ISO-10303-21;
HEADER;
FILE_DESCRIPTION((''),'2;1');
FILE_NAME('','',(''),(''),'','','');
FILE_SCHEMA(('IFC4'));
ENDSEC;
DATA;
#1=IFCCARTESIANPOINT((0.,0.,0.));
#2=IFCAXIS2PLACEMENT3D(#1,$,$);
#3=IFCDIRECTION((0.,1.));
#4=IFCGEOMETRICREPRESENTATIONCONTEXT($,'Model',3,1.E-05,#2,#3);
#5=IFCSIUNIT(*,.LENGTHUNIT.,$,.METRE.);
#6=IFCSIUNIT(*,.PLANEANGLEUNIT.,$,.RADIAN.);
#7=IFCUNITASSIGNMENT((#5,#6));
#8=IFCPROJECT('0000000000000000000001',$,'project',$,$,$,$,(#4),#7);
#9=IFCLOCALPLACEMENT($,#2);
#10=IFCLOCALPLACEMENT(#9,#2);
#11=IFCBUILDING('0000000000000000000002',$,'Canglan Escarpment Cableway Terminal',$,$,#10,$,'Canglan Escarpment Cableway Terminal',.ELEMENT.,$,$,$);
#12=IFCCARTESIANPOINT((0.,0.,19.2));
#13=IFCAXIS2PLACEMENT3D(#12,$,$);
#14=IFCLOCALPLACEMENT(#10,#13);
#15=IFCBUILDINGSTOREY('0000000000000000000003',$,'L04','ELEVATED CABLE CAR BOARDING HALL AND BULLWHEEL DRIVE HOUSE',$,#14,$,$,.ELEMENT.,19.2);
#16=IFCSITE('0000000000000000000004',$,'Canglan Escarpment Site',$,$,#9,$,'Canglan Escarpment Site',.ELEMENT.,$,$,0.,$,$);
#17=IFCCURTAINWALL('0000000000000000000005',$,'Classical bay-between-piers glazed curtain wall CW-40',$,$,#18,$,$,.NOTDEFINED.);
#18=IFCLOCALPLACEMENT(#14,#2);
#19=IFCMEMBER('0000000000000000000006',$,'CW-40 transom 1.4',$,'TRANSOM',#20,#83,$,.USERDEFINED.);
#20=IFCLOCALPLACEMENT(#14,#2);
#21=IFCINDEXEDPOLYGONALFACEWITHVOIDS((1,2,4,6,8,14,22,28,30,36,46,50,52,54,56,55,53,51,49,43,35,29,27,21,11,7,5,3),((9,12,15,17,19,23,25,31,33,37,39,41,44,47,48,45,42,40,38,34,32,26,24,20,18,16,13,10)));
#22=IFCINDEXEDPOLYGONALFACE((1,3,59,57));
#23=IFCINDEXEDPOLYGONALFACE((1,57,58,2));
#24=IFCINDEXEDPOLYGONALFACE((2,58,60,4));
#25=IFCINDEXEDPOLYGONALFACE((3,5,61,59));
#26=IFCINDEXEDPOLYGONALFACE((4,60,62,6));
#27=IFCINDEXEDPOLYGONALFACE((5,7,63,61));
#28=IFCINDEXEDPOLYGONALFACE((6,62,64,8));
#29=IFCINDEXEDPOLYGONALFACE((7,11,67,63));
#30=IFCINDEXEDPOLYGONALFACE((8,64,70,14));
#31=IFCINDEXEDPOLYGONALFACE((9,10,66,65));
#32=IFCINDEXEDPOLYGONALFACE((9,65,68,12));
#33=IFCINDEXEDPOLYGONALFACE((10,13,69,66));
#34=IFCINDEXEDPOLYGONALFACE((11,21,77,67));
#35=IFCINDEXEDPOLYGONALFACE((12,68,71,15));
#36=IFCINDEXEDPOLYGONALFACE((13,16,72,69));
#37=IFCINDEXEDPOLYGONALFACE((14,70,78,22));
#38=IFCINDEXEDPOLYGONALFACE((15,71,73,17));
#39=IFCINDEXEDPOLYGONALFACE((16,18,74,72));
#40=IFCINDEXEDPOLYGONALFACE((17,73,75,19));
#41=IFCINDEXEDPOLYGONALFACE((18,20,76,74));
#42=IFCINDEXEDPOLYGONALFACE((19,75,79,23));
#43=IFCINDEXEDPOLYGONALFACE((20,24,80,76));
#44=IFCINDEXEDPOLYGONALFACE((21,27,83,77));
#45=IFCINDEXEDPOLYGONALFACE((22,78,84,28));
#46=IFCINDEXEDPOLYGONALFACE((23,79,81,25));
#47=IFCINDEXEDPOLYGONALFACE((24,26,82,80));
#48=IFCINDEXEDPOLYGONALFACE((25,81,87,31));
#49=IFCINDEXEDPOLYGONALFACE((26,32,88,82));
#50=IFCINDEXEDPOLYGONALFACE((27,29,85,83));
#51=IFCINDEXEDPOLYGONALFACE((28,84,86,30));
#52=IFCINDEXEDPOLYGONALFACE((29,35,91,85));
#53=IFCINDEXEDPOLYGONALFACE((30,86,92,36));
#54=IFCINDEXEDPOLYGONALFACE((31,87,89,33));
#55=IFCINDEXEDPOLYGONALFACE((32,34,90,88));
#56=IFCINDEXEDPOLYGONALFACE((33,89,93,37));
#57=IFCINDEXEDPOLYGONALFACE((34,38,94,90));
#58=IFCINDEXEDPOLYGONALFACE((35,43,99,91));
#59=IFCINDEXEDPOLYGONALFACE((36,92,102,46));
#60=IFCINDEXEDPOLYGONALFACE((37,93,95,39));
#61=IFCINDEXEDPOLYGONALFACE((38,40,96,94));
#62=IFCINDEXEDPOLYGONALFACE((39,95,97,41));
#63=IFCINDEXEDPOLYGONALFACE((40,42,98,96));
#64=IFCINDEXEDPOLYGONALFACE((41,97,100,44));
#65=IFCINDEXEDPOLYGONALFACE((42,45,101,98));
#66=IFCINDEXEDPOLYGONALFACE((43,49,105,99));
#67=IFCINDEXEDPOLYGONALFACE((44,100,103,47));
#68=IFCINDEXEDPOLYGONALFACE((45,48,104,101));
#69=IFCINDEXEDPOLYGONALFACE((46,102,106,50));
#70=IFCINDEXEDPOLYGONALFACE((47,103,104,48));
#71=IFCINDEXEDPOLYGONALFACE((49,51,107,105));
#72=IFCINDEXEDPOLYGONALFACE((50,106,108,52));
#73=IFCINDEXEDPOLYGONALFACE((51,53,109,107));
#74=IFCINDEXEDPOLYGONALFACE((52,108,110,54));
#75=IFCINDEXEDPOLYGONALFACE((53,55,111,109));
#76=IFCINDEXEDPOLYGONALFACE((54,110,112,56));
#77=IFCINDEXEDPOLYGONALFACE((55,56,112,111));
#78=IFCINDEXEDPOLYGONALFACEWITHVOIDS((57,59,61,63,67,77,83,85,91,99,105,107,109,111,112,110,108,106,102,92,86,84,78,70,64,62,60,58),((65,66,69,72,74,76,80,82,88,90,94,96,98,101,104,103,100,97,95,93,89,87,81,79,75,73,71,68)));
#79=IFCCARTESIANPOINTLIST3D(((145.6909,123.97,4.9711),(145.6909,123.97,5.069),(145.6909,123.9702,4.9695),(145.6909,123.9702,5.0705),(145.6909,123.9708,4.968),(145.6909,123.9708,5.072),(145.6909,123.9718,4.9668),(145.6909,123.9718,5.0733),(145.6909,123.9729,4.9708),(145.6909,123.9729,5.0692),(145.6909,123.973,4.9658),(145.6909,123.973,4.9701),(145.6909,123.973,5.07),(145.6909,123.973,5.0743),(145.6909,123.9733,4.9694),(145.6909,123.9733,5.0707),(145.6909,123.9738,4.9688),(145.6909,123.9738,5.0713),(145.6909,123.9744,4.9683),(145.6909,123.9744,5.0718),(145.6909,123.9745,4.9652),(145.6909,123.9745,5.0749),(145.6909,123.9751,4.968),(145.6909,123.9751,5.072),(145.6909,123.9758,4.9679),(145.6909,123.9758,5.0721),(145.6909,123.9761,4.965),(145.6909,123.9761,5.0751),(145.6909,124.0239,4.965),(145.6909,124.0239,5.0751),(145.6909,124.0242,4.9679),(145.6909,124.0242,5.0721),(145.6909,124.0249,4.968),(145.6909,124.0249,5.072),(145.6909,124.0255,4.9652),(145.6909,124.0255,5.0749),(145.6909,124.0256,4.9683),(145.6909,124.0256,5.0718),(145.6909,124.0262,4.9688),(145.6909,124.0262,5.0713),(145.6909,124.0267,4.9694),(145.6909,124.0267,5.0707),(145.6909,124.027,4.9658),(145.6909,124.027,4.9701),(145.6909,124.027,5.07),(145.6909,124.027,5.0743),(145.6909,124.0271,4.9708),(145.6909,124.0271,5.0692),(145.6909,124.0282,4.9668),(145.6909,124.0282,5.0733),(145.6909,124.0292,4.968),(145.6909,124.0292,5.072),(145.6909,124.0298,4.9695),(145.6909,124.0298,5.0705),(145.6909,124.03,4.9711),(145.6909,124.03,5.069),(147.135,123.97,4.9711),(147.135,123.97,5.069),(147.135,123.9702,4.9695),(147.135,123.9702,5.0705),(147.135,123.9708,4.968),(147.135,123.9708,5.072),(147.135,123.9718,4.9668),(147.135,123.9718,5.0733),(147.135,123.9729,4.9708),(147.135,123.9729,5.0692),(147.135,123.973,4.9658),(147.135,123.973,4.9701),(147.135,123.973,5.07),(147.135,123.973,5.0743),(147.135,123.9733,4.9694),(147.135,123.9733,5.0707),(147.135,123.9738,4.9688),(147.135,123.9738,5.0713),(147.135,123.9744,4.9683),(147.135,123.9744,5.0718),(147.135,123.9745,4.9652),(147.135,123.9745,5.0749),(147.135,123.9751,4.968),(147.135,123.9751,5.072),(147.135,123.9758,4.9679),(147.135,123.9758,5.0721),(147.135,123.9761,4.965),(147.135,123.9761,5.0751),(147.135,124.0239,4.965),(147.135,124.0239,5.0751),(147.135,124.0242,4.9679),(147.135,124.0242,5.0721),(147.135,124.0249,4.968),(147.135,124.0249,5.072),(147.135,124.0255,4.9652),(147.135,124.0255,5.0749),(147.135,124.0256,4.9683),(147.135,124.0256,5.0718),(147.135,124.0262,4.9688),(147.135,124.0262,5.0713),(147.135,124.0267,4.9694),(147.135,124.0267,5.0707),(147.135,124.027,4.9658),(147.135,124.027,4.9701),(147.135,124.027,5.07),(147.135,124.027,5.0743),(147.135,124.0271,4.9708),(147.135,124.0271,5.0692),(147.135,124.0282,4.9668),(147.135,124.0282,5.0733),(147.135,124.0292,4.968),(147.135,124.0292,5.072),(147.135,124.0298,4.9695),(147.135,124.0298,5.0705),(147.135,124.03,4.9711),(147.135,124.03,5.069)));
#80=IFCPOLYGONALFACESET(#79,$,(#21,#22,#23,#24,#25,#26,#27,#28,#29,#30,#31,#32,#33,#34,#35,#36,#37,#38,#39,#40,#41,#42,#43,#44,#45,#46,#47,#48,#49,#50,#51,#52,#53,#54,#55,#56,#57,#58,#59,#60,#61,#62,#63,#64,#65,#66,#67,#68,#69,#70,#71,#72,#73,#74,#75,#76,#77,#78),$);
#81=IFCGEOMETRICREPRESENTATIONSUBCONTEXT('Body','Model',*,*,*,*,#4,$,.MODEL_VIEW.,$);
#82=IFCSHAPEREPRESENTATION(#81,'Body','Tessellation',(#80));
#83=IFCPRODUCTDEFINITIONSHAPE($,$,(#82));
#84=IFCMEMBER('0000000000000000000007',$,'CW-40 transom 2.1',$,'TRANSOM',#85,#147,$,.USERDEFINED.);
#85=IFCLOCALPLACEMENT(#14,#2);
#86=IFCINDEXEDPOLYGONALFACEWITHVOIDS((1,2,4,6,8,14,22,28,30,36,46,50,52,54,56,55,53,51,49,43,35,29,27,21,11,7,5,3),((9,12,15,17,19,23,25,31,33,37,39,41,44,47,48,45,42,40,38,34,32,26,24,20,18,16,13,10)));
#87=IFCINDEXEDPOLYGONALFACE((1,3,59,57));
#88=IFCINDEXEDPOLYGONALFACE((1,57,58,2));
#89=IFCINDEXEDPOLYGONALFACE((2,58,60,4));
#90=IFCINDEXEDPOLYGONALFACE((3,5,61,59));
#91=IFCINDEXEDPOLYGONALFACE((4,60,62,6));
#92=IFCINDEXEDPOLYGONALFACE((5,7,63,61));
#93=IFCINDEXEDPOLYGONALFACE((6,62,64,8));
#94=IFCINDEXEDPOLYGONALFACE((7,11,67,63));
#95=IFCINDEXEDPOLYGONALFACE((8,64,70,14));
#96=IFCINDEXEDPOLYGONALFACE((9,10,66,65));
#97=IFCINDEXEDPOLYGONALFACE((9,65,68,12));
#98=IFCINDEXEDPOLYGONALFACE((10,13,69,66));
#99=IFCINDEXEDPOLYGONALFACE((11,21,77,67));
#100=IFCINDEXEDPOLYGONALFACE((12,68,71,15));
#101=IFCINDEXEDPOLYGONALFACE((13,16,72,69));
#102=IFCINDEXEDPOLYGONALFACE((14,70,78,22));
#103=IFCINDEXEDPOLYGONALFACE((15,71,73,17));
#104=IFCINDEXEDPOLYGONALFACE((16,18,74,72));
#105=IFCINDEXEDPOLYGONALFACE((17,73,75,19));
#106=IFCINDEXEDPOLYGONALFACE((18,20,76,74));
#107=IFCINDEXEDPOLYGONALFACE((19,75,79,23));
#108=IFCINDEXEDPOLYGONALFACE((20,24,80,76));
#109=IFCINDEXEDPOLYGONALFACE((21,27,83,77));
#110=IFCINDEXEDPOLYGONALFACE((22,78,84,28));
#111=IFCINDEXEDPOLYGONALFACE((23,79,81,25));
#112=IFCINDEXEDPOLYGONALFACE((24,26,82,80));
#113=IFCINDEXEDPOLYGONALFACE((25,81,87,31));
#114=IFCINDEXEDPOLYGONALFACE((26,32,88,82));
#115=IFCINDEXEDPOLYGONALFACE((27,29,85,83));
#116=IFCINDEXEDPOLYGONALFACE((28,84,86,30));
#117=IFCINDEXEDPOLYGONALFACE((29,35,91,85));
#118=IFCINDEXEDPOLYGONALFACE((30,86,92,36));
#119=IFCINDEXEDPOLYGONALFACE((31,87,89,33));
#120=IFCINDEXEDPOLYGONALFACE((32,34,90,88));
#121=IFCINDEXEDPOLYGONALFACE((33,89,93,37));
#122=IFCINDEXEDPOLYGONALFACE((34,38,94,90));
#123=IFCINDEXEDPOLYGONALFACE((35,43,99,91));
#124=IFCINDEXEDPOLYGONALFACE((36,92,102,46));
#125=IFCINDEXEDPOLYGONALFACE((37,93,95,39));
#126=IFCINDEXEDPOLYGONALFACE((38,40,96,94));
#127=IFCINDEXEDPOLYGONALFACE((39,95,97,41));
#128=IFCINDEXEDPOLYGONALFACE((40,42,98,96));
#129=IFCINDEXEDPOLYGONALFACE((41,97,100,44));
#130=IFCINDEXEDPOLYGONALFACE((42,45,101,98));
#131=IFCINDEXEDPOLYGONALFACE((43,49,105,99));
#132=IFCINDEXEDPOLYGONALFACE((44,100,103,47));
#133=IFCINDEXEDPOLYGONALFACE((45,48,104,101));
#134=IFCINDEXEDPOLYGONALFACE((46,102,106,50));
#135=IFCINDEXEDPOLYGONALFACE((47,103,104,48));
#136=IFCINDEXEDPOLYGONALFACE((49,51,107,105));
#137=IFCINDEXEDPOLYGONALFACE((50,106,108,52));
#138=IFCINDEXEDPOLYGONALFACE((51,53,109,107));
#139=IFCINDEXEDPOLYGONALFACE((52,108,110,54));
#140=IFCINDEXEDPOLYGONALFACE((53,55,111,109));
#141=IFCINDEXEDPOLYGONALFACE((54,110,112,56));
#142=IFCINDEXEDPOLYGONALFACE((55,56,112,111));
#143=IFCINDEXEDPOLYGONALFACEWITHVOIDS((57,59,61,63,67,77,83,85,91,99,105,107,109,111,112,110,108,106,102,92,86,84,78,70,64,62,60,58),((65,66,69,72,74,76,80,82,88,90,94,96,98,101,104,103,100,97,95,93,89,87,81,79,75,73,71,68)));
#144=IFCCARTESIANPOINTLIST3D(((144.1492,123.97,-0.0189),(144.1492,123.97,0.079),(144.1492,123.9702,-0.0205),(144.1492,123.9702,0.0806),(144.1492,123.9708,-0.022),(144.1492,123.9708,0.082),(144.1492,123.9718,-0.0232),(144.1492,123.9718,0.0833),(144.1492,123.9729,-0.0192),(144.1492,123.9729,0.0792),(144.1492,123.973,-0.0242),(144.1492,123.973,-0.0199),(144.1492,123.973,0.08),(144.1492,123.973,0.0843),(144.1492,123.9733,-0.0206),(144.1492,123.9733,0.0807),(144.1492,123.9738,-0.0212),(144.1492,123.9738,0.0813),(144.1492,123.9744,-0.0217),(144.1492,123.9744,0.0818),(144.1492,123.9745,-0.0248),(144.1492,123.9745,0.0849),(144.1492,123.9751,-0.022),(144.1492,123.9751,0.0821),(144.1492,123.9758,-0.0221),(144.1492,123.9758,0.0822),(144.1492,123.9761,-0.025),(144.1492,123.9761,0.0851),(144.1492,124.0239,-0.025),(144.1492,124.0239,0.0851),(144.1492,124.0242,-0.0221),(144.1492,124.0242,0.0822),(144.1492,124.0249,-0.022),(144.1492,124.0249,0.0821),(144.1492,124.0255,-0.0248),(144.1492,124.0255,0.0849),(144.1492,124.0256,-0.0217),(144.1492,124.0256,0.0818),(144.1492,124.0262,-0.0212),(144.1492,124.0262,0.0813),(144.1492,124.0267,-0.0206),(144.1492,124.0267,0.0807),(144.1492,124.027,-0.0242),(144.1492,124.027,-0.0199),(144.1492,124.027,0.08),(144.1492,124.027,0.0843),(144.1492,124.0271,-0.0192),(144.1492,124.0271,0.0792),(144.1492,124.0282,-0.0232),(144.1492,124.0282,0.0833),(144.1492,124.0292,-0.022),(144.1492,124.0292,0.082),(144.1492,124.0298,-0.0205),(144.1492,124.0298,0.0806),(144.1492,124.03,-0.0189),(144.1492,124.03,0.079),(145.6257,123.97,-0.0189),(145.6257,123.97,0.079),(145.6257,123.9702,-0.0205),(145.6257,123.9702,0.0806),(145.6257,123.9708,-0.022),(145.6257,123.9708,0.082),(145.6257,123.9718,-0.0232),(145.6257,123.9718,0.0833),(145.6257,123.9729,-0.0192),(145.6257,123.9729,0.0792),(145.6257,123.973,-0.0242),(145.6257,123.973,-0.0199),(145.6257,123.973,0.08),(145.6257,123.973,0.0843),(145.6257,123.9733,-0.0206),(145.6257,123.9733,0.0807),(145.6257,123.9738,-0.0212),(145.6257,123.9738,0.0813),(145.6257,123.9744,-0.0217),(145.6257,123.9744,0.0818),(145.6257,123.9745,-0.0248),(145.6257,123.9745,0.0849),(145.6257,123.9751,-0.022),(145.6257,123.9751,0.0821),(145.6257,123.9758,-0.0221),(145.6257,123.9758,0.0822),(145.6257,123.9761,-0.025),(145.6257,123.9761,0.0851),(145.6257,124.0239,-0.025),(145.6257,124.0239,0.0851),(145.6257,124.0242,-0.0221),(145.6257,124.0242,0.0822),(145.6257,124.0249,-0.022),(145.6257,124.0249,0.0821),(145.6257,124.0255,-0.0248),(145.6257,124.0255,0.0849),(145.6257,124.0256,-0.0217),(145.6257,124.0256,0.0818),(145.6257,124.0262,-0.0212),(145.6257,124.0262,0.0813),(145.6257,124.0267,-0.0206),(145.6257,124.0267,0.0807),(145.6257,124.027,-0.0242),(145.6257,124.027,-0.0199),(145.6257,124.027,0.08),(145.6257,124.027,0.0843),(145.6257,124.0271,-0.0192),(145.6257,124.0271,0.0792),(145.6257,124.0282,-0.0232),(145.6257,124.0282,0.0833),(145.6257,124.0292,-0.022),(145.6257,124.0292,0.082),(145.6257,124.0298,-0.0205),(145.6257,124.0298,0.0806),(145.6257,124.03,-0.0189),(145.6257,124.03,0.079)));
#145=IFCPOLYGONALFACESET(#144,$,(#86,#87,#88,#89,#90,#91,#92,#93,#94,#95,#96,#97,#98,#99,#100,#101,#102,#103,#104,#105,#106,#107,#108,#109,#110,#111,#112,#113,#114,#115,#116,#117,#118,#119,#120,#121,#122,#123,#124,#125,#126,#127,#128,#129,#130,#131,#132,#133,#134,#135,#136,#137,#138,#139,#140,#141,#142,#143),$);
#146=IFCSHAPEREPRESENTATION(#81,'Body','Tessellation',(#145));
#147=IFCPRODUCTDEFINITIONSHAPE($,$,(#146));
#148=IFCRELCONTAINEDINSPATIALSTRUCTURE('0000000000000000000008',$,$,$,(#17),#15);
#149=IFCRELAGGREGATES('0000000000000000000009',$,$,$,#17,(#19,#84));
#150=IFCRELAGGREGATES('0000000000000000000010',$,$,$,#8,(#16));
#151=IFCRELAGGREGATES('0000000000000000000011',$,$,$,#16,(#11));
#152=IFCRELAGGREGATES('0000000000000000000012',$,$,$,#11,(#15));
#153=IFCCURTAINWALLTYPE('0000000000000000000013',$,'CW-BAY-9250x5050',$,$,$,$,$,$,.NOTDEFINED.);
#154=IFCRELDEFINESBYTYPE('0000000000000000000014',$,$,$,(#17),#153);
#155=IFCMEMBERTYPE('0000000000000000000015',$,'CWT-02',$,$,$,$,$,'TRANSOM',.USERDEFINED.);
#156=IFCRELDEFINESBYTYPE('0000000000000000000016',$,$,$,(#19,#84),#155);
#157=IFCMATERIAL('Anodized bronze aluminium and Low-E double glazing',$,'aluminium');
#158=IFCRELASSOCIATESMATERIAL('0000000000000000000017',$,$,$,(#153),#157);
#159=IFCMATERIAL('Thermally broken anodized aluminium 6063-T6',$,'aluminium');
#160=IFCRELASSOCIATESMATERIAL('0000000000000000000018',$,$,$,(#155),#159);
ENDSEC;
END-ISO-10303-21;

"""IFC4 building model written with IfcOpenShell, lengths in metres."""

from ifc_helpers import new_model, si_unit, direction, frame, origin, origin_2d, place, context, subcontext, project, spatial, hollow_rectangle, extrude, material, material_profile, profile_set, type_object, element, aggregate, save


model = new_model("IFC4")

# Units and contexts
model_context = context("Model", 3, precision=1e-05, world=origin(), true_north=direction((0.0, 1.0)))
body_context = subcontext(model_context, "Body", "Model", "MODEL_VIEW")
ifc_project = project(units=[si_unit("LENGTHUNIT", "METRE"), si_unit("PLANEANGLEUNIT", "RADIAN")], contexts=[model_context])

# Site, building, storey
site_placement = place(None, origin())
site = spatial("IfcSite", under=ifc_project, at=site_placement, Name="Canglan Escarpment Site", LongName="Canglan Escarpment Site", CompositionType="ELEMENT", RefElevation=0.0)
building_placement = place(site_placement, origin())
building = spatial("IfcBuilding", under=site, at=building_placement, Name="Canglan Escarpment Cableway Terminal", LongName="Canglan Escarpment Cableway Terminal", CompositionType="ELEMENT")
storey_placement = place(building_placement, frame((0.0, 0.0, 19.2)))
storey = spatial("IfcBuildingStorey", under=building, at=storey_placement, Name="L04", Description="ELEVATED CABLE CAR BOARDING HALL AND BULLWHEEL DRIVE HOUSE", CompositionType="ELEMENT", Elevation=19.2)

# Curtain wall, members
ifc_material_1 = material(Name="Anodized bronze aluminium and Low-E double glazing", Category="aluminium")
curtain_wall_type = type_object("IfcCurtainWallType", Name="CW-BAY-9250x5050", PredefinedType="NOTDEFINED", material=ifc_material_1)
curtain_wall_placement = place(storey_placement, origin())
curtain_wall = element("IfcCurtainWall", 1, at=curtain_wall_placement, inside=storey, type_object=curtain_wall_type, Name="Classical bay-between-piers glazed curtain wall CW-40", PredefinedType="NOTDEFINED")
ifc_material_2 = material(Name="Thermally broken anodized aluminium 6063-T6", Category="aluminium")
ifc_material_profile_1 = material_profile(ifc_material_2, hollow_rectangle(XDim=0.0601, YDim=0.1101, WallThickness=0.0029, InnerFilletRadius=0.0029, OuterFilletRadius=0.0061, at=origin_2d()), Name="ALU-TRAN 60x110x3")
ifc_profile_set_1 = profile_set([ifc_material_profile_1], Name="Thermally broken anodized aluminium 6063-T6")
member_type_1 = type_object("IfcMemberType", Name="CWT-02", ElementType="TRANSOM", PredefinedType="USERDEFINED", material=ifc_profile_set_1)
member_1_placement = place(storey_placement, frame((147.135, 124.0, 5.02), z_axis=(-1.0, 0.0, 0.0), x_axis=(0.0, -1.0, 0.0)))
member_1 = element("IfcMember", 2, at=member_1_placement, type_object=member_type_1, Name="CW-40 transom 1.4", ObjectType="TRANSOM", PredefinedType="USERDEFINED", context=body_context, shape_type="SweptSolid", body=[
    extrude(hollow_rectangle(XDim=0.0601, YDim=0.1101, WallThickness=0.0029, InnerFilletRadius=0.0029, OuterFilletRadius=0.0061, at=origin_2d()), origin(), (0.0, 0.0, 1.0), 1.4441),
])
member_2_placement = place(storey_placement, frame((145.6257, 124.0, 0.03), z_axis=(-1.0, 0.0, 0.0), x_axis=(0.0, -1.0, 0.0)))
member_2 = element("IfcMember", 3, at=member_2_placement, type_object=member_type_1, Name="CW-40 transom 2.1", ObjectType="TRANSOM", PredefinedType="USERDEFINED", context=body_context, shape_type="SweptSolid", body=[
    extrude(hollow_rectangle(XDim=0.0601, YDim=0.1101, WallThickness=0.0029, InnerFilletRadius=0.0029, OuterFilletRadius=0.0061, at=origin_2d()), origin(), (0.0, 0.0, 1.0), 1.4766),
])
aggregate(curtain_wall, [member_1, member_2])

save(model, "model.ifc")
